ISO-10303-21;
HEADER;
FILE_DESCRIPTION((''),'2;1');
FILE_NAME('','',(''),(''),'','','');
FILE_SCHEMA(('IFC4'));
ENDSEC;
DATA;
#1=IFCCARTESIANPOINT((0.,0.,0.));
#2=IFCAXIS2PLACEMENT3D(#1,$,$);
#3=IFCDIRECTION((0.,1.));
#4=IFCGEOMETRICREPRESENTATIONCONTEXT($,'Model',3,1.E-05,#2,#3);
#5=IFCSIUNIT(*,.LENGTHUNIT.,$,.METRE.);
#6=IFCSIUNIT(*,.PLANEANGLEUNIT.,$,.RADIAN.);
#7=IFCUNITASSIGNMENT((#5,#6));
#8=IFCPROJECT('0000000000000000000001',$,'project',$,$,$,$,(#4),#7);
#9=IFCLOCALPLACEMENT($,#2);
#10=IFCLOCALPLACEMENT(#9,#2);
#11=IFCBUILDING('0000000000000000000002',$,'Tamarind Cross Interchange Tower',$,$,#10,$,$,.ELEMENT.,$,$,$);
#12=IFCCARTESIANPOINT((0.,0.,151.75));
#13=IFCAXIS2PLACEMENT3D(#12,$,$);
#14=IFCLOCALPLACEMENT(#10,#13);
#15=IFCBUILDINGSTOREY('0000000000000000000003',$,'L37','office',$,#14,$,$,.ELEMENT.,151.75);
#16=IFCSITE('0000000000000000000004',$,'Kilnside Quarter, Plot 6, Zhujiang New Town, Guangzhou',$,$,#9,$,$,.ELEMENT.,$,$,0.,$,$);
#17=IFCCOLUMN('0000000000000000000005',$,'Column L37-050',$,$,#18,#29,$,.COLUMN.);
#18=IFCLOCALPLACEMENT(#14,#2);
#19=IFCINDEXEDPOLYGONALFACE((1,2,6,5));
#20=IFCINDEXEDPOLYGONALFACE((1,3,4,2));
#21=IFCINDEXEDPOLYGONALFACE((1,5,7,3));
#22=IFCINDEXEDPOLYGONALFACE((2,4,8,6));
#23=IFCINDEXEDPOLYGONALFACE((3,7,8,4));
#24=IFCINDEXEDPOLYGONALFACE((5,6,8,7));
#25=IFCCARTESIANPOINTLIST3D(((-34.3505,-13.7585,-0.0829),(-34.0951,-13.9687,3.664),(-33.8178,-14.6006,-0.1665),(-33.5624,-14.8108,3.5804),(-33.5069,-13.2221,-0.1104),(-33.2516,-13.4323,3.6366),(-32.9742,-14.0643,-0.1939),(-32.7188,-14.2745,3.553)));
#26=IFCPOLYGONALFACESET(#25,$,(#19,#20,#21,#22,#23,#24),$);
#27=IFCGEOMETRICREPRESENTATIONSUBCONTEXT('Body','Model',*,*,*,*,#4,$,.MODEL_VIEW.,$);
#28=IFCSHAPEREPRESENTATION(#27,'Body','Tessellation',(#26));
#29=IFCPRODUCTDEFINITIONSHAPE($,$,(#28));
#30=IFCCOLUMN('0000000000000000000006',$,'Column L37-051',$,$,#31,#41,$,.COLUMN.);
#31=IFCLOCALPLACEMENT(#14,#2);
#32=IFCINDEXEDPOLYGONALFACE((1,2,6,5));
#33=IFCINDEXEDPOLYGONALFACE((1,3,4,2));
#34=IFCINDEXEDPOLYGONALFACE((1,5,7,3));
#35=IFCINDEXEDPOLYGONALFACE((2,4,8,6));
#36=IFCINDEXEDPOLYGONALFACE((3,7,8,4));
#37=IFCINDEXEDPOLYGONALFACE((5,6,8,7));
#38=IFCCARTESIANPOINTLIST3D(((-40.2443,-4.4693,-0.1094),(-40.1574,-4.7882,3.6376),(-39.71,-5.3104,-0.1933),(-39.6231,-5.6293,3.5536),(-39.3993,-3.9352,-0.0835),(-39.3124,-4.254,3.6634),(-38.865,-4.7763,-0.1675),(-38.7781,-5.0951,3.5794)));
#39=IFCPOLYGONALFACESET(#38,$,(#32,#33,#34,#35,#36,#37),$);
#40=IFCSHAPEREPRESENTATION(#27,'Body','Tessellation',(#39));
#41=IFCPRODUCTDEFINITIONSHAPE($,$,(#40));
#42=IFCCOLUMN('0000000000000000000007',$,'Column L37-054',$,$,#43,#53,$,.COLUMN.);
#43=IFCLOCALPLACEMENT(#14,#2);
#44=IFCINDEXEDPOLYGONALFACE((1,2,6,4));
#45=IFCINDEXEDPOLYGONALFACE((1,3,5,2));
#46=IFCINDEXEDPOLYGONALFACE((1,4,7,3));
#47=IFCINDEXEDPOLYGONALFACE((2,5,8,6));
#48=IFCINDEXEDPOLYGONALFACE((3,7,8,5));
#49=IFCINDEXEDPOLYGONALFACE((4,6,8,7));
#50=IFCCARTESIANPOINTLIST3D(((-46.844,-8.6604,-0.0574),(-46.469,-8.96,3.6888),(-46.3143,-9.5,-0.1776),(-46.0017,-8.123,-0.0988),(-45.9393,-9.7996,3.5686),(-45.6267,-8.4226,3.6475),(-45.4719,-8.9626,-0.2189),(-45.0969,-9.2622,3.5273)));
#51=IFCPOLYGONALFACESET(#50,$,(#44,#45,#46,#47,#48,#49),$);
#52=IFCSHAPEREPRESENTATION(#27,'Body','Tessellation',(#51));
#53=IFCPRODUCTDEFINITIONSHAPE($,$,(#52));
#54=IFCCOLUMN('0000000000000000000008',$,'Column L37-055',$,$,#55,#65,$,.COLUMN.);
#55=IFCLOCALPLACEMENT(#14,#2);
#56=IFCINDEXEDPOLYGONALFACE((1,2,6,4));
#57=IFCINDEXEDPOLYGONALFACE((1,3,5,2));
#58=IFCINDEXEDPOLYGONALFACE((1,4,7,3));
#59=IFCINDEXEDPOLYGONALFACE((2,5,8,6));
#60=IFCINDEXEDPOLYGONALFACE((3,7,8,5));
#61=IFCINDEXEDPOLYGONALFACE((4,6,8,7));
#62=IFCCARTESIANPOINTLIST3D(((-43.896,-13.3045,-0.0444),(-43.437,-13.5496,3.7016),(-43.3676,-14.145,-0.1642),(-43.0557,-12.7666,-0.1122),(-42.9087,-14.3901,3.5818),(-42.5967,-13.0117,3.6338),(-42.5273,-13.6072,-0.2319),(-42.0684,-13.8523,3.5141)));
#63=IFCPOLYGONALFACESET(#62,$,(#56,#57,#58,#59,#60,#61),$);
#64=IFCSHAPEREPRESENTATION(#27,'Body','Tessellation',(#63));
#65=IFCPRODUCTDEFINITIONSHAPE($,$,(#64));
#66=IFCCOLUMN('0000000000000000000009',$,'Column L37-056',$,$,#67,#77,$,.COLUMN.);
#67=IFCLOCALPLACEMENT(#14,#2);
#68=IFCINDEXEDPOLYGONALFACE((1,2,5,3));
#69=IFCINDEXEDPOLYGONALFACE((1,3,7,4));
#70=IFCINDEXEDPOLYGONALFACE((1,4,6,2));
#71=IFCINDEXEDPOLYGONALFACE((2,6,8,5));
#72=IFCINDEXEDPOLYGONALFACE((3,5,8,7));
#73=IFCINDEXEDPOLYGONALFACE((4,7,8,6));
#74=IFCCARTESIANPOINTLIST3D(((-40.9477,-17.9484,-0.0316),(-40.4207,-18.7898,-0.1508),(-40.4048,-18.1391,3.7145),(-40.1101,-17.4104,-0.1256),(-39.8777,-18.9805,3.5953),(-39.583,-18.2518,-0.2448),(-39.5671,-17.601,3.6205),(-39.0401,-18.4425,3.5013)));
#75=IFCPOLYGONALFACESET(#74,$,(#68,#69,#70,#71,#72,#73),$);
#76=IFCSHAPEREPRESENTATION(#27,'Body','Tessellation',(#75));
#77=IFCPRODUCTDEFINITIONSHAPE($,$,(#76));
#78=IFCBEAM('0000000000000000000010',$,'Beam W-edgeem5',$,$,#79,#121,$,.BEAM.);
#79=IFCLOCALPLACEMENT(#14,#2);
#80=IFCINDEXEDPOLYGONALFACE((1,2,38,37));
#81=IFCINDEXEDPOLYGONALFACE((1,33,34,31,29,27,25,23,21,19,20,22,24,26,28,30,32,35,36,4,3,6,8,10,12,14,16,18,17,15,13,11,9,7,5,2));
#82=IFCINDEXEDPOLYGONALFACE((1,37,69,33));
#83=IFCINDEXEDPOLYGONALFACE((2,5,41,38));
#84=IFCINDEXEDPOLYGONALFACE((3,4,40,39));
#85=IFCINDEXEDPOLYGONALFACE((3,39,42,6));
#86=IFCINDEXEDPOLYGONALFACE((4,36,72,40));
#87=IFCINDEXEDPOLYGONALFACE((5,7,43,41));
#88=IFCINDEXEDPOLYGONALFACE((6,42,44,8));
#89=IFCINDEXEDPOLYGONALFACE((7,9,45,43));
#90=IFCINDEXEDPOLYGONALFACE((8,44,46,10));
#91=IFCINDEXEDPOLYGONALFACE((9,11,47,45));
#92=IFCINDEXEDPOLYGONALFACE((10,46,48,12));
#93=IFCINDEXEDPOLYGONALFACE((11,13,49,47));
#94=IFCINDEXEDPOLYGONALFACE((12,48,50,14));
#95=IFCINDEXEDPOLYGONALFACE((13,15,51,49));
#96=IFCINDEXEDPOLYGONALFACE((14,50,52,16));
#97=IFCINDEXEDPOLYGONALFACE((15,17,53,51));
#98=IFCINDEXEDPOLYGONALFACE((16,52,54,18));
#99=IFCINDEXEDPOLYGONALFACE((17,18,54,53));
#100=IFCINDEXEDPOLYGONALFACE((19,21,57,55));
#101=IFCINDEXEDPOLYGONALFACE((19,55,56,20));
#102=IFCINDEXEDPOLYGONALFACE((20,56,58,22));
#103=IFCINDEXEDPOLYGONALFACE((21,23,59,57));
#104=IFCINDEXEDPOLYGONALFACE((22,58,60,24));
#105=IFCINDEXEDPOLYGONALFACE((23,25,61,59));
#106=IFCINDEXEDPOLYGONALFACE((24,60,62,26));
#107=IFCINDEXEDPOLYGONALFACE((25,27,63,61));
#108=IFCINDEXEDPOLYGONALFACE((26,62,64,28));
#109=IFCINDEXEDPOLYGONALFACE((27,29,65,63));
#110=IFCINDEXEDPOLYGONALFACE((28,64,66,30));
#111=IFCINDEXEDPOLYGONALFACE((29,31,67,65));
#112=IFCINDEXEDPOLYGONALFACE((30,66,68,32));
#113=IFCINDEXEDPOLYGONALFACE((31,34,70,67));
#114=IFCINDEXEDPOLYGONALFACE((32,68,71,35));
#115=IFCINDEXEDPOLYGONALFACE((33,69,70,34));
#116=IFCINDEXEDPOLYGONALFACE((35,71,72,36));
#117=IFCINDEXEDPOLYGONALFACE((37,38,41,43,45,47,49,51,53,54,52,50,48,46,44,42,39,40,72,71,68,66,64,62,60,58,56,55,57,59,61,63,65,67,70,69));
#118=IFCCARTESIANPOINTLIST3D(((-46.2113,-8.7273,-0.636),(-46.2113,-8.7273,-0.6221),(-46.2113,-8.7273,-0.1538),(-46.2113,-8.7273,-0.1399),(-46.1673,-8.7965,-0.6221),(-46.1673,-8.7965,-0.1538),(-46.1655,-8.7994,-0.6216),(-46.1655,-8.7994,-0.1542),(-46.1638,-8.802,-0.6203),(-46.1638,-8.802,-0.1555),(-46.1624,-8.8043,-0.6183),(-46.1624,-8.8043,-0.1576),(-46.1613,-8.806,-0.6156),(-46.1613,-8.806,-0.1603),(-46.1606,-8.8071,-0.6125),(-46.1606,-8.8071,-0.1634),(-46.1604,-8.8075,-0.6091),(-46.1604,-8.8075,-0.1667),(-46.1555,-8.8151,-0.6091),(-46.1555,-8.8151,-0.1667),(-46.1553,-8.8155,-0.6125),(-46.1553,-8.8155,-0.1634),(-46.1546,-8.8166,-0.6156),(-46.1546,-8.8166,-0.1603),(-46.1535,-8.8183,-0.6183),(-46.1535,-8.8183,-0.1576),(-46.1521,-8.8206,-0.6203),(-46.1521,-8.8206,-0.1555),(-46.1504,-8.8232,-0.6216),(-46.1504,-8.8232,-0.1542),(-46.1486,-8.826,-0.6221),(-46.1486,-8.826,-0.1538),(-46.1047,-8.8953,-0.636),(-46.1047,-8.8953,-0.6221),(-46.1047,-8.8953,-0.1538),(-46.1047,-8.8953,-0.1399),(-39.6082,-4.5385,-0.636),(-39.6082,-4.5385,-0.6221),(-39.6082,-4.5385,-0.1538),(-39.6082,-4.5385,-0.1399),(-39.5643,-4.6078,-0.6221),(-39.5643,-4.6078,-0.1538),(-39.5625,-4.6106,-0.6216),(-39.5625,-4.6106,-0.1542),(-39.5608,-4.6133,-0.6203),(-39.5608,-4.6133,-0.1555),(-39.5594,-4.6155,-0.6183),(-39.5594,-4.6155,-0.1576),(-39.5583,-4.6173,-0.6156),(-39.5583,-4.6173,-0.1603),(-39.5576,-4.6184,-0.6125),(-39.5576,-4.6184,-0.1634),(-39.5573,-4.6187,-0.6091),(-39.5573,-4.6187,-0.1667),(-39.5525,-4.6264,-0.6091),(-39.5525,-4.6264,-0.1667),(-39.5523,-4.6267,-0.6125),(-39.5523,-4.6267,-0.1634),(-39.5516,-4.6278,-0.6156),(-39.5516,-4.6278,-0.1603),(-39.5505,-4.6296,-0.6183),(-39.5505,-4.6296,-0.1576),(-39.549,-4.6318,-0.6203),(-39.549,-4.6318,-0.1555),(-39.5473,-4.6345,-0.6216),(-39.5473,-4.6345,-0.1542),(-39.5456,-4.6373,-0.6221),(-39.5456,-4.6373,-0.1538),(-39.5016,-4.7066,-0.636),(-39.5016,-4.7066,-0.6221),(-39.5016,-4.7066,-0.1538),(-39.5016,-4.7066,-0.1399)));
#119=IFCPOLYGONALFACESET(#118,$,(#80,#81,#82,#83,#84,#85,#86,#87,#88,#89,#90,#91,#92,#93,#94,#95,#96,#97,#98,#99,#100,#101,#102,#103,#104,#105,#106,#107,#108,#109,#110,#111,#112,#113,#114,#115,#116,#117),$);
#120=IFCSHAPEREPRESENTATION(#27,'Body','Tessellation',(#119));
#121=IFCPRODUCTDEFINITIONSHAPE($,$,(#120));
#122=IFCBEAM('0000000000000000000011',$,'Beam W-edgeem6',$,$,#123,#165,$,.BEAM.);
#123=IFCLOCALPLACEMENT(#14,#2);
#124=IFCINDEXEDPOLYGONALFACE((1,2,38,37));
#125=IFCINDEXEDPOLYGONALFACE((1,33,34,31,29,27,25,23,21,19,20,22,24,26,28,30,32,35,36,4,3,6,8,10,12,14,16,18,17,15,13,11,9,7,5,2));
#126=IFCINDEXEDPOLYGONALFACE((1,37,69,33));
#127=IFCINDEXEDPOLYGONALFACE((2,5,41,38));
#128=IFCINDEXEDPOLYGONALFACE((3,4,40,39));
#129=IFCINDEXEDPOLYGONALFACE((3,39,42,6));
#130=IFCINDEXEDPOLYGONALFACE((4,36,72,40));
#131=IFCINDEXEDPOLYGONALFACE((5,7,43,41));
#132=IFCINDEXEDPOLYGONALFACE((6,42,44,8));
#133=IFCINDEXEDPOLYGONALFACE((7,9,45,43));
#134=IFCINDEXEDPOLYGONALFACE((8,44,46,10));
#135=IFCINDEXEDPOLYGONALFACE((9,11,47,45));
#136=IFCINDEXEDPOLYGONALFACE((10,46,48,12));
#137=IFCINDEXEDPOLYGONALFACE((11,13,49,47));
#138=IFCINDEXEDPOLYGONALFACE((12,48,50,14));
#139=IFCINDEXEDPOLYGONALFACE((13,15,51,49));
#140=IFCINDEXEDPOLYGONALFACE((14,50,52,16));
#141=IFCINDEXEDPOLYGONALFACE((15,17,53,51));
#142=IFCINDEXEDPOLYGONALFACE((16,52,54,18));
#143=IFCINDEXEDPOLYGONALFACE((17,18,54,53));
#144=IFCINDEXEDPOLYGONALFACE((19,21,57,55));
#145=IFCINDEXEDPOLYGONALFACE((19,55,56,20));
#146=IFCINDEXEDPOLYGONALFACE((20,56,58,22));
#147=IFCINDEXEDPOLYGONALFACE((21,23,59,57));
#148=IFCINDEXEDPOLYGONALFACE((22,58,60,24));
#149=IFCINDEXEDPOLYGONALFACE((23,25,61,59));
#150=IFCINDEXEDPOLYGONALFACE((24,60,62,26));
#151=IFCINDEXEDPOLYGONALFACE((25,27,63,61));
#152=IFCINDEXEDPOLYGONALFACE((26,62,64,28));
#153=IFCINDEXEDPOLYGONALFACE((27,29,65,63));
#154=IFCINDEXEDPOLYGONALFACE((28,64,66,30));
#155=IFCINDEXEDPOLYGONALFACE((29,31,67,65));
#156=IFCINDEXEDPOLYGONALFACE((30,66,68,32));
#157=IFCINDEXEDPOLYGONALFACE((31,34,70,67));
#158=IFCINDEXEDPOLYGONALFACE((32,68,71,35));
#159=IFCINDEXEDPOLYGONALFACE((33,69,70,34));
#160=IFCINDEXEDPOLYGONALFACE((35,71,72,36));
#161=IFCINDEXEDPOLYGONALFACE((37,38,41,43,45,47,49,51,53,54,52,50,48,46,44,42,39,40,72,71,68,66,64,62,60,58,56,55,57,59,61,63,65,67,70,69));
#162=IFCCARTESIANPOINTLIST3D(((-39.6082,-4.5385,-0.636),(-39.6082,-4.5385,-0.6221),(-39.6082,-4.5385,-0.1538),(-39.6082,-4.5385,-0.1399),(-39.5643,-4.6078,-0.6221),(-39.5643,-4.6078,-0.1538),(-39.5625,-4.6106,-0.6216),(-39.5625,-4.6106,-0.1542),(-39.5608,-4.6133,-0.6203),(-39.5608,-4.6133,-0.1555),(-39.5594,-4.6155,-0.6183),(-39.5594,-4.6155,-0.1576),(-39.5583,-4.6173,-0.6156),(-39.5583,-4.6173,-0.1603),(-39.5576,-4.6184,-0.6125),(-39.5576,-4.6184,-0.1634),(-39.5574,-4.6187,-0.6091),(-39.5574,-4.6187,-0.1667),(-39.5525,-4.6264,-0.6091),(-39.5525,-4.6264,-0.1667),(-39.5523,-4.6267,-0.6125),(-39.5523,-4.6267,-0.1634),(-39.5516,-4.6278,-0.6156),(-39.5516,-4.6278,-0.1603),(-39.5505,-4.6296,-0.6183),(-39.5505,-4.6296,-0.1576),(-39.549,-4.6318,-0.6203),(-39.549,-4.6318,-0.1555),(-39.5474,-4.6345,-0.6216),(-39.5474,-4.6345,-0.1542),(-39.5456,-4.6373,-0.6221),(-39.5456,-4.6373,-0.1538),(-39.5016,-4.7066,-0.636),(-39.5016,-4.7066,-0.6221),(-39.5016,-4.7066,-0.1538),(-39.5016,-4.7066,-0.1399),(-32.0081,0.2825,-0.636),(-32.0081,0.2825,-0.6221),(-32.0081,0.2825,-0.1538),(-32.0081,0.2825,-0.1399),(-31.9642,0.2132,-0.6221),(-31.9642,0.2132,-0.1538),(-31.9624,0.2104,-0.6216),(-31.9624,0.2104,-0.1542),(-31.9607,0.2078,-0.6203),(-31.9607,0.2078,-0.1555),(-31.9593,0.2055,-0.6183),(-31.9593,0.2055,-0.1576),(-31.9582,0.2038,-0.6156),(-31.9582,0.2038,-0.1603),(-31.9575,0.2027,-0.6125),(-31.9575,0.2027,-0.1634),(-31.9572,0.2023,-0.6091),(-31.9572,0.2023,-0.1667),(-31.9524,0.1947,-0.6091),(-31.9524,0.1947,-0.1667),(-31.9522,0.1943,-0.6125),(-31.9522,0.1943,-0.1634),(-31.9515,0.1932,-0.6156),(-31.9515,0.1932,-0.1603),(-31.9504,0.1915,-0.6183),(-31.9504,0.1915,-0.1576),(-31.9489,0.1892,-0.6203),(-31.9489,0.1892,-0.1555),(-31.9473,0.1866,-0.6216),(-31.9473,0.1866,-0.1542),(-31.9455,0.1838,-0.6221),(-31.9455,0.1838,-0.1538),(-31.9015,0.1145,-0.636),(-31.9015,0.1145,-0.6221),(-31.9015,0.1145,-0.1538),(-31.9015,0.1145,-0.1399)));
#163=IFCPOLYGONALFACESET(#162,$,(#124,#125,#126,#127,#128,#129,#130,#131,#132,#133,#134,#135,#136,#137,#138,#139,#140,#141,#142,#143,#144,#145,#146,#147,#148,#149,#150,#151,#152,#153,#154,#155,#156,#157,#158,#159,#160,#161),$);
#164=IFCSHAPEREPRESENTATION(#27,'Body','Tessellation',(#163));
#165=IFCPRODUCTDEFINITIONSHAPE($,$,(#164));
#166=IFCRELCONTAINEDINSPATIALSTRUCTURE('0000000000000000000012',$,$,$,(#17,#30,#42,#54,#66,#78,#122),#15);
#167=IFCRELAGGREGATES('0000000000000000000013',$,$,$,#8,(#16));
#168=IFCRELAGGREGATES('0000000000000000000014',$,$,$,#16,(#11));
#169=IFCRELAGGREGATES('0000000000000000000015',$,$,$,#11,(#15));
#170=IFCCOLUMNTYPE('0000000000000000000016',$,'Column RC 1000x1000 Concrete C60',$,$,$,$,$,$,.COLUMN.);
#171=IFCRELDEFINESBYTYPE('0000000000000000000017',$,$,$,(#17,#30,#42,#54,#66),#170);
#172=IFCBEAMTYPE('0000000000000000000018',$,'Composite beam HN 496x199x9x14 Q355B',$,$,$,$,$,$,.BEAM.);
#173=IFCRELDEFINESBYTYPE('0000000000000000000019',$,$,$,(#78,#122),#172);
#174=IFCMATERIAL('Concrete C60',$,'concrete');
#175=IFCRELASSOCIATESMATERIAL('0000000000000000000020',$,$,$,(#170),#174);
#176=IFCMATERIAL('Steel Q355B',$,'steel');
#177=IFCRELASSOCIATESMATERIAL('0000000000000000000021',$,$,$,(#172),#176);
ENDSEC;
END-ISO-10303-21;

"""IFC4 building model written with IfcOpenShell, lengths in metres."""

from ifc_helpers import new_model, si_unit, direction, frame, origin, origin_2d, place, context, subcontext, project, spatial, rectangle, i_section, extrude, material, material_profile, profile_set, type_object, element, save


model = new_model("IFC4")

# Units and contexts
model_context = context("Model", 3, precision=1e-05, world=origin(), true_north=direction((0.0, 1.0)))
body_context = subcontext(model_context, "Body", "Model", "MODEL_VIEW")
ifc_project = project(units=[si_unit("LENGTHUNIT", "METRE"), si_unit("PLANEANGLEUNIT", "RADIAN")], contexts=[model_context])

# Site, building, storey
site_placement = place(None, origin())
site = spatial("IfcSite", under=ifc_project, at=site_placement, Name="Kilnside Quarter, Plot 6, Zhujiang New Town, Guangzhou", CompositionType="ELEMENT", RefElevation=0.0)
building_placement = place(site_placement, origin())
building = spatial("IfcBuilding", under=site, at=building_placement, Name="Tamarind Cross Interchange Tower", CompositionType="ELEMENT")
storey_placement = place(building_placement, frame((0.0, 0.0, 151.75)))
storey = spatial("IfcBuildingStorey", under=building, at=storey_placement, Name="L37", Description="office", CompositionType="ELEMENT", Elevation=151.75)

# Columns
ifc_material_1 = material(Name="Concrete C60", Category="concrete")
ifc_material_profile_1 = material_profile(ifc_material_1, rectangle(XDim=1.0, YDim=1.0, at=origin_2d()), Name="RC 1000x1000")
ifc_profile_set_1 = profile_set([ifc_material_profile_1], Name="Concrete C60")
column_type = type_object("IfcColumnType", Name="Column RC 1000x1000 Concrete C60", PredefinedType="COLUMN", material=ifc_profile_set_1)
for number, where, z_axis, x_axis, name in (
    (1, (-33.6624, -13.9114, -0.1384), (0.067893, -0.055885, 0.996126), (-0.532722, 0.842156, 0.083555), "Column L37-050"),
    (2, (-39.5547, -4.6228, -0.1384), (0.023107, -0.084769, 0.996133), (0.844985, 0.534165, 0.025856), "Column L37-051"),
):
    element("IfcColumn", number, at=place(storey_placement, frame(where, z_axis=z_axis, x_axis=x_axis)), inside=storey, type_object=column_type, Name=name, PredefinedType="COLUMN", context=body_context, shape_type="SweptSolid", body=[
        extrude(rectangle(XDim=1.0, YDim=1.0, at=origin_2d()), origin(), (0.0, 0.0, 1.0), 3.7615),
    ])
column_1_placement = place(storey_placement, frame((-46.158, -8.8115, -0.1382), z_axis=(0.099286, -0.079313, 0.991893), x_axis=(-0.529743, 0.839603, 0.120162)))
element("IfcColumn", 3, at=column_1_placement, inside=storey, type_object=column_type, Name="Column L37-054", PredefinedType="COLUMN", context=body_context, shape_type="SweptSolid", body=[
    extrude(rectangle(XDim=1.0, YDim=1.0, at=origin_2d()), origin(), (0.0, 0.0, 1.0), 3.7769),
])
column_2_placement = place(storey_placement, frame((-43.2117, -13.4558, -0.1382), z_axis=(0.121358, -0.064811, 0.990491), x_axis=(-0.528351, 0.840541, 0.119734)))
element("IfcColumn", 4, at=column_2_placement, inside=storey, type_object=column_type, Name="Column L37-055", PredefinedType="COLUMN", context=body_context, shape_type="SweptSolid", body=[
    extrude(rectangle(XDim=1.0, YDim=1.0, at=origin_2d()), origin(), (0.0, 0.0, 1.0), 3.782),
])
column_3_placement = place(storey_placement, frame((-40.2654, -18.1001, -0.1382), z_axis=(0.143262, -0.050309, 0.988405), x_axis=(-0.527043, 0.841435, 0.119219)))
element("IfcColumn", 5, at=column_3_placement, inside=storey, type_object=column_type, Name="Column L37-056", PredefinedType="COLUMN", context=body_context, shape_type="SweptSolid", body=[
    extrude(rectangle(XDim=1.0, YDim=1.0, at=origin_2d()), origin(), (0.0, 0.0, 1.0), 3.79),
])

# Beams
ifc_material_2 = material(Name="Steel Q355B", Category="steel")
ifc_material_profile_2 = material_profile(ifc_material_2, i_section(OverallWidth=0.199, OverallDepth=0.4961, WebThickness=0.009, FlangeThickness=0.0139, FilletRadius=0.0129, at=origin_2d()), Name="HN 496x199x9x14")
ifc_profile_set_2 = profile_set([ifc_material_profile_2], Name="Steel Q355B")
beam_type_1 = type_object("IfcBeamType", Name="Composite beam HN 496x199x9x14 Q355B", PredefinedType="BEAM", material=ifc_profile_set_2)
beam_1_placement = place(storey_placement, frame((-46.158, -8.8113, -0.3879), z_axis=(0.844426, 0.535673, 0.0), x_axis=(-0.535673, 0.844426, 0.0)))
element("IfcBeam", 6, at=beam_1_placement, inside=storey, type_object=beam_type_1, Name="Beam W-edgeem5", PredefinedType="BEAM", context=body_context, shape_type="SweptSolid", body=[
    extrude(i_section(OverallWidth=0.199, OverallDepth=0.4961, WebThickness=0.009, FlangeThickness=0.0139, FilletRadius=0.0129, at=origin_2d()), origin(), (0.0, 0.0, 1.0), 7.8196),
])
beam_2_placement = place(storey_placement, frame((-39.5549, -4.6226, -0.3879), z_axis=(0.844435, 0.535659, 0.0), x_axis=(-0.535659, 0.844435, 0.0)))
element("IfcBeam", 7, at=beam_2_placement, inside=storey, type_object=beam_type_1, Name="Beam W-edgeem6", PredefinedType="BEAM", context=body_context, shape_type="SweptSolid", body=[
    extrude(i_section(OverallWidth=0.199, OverallDepth=0.4961, WebThickness=0.009, FlangeThickness=0.0139, FilletRadius=0.0129, at=origin_2d()), origin(), (0.0, 0.0, 1.0), 9.0002),
])

save(model, "model.ifc")
